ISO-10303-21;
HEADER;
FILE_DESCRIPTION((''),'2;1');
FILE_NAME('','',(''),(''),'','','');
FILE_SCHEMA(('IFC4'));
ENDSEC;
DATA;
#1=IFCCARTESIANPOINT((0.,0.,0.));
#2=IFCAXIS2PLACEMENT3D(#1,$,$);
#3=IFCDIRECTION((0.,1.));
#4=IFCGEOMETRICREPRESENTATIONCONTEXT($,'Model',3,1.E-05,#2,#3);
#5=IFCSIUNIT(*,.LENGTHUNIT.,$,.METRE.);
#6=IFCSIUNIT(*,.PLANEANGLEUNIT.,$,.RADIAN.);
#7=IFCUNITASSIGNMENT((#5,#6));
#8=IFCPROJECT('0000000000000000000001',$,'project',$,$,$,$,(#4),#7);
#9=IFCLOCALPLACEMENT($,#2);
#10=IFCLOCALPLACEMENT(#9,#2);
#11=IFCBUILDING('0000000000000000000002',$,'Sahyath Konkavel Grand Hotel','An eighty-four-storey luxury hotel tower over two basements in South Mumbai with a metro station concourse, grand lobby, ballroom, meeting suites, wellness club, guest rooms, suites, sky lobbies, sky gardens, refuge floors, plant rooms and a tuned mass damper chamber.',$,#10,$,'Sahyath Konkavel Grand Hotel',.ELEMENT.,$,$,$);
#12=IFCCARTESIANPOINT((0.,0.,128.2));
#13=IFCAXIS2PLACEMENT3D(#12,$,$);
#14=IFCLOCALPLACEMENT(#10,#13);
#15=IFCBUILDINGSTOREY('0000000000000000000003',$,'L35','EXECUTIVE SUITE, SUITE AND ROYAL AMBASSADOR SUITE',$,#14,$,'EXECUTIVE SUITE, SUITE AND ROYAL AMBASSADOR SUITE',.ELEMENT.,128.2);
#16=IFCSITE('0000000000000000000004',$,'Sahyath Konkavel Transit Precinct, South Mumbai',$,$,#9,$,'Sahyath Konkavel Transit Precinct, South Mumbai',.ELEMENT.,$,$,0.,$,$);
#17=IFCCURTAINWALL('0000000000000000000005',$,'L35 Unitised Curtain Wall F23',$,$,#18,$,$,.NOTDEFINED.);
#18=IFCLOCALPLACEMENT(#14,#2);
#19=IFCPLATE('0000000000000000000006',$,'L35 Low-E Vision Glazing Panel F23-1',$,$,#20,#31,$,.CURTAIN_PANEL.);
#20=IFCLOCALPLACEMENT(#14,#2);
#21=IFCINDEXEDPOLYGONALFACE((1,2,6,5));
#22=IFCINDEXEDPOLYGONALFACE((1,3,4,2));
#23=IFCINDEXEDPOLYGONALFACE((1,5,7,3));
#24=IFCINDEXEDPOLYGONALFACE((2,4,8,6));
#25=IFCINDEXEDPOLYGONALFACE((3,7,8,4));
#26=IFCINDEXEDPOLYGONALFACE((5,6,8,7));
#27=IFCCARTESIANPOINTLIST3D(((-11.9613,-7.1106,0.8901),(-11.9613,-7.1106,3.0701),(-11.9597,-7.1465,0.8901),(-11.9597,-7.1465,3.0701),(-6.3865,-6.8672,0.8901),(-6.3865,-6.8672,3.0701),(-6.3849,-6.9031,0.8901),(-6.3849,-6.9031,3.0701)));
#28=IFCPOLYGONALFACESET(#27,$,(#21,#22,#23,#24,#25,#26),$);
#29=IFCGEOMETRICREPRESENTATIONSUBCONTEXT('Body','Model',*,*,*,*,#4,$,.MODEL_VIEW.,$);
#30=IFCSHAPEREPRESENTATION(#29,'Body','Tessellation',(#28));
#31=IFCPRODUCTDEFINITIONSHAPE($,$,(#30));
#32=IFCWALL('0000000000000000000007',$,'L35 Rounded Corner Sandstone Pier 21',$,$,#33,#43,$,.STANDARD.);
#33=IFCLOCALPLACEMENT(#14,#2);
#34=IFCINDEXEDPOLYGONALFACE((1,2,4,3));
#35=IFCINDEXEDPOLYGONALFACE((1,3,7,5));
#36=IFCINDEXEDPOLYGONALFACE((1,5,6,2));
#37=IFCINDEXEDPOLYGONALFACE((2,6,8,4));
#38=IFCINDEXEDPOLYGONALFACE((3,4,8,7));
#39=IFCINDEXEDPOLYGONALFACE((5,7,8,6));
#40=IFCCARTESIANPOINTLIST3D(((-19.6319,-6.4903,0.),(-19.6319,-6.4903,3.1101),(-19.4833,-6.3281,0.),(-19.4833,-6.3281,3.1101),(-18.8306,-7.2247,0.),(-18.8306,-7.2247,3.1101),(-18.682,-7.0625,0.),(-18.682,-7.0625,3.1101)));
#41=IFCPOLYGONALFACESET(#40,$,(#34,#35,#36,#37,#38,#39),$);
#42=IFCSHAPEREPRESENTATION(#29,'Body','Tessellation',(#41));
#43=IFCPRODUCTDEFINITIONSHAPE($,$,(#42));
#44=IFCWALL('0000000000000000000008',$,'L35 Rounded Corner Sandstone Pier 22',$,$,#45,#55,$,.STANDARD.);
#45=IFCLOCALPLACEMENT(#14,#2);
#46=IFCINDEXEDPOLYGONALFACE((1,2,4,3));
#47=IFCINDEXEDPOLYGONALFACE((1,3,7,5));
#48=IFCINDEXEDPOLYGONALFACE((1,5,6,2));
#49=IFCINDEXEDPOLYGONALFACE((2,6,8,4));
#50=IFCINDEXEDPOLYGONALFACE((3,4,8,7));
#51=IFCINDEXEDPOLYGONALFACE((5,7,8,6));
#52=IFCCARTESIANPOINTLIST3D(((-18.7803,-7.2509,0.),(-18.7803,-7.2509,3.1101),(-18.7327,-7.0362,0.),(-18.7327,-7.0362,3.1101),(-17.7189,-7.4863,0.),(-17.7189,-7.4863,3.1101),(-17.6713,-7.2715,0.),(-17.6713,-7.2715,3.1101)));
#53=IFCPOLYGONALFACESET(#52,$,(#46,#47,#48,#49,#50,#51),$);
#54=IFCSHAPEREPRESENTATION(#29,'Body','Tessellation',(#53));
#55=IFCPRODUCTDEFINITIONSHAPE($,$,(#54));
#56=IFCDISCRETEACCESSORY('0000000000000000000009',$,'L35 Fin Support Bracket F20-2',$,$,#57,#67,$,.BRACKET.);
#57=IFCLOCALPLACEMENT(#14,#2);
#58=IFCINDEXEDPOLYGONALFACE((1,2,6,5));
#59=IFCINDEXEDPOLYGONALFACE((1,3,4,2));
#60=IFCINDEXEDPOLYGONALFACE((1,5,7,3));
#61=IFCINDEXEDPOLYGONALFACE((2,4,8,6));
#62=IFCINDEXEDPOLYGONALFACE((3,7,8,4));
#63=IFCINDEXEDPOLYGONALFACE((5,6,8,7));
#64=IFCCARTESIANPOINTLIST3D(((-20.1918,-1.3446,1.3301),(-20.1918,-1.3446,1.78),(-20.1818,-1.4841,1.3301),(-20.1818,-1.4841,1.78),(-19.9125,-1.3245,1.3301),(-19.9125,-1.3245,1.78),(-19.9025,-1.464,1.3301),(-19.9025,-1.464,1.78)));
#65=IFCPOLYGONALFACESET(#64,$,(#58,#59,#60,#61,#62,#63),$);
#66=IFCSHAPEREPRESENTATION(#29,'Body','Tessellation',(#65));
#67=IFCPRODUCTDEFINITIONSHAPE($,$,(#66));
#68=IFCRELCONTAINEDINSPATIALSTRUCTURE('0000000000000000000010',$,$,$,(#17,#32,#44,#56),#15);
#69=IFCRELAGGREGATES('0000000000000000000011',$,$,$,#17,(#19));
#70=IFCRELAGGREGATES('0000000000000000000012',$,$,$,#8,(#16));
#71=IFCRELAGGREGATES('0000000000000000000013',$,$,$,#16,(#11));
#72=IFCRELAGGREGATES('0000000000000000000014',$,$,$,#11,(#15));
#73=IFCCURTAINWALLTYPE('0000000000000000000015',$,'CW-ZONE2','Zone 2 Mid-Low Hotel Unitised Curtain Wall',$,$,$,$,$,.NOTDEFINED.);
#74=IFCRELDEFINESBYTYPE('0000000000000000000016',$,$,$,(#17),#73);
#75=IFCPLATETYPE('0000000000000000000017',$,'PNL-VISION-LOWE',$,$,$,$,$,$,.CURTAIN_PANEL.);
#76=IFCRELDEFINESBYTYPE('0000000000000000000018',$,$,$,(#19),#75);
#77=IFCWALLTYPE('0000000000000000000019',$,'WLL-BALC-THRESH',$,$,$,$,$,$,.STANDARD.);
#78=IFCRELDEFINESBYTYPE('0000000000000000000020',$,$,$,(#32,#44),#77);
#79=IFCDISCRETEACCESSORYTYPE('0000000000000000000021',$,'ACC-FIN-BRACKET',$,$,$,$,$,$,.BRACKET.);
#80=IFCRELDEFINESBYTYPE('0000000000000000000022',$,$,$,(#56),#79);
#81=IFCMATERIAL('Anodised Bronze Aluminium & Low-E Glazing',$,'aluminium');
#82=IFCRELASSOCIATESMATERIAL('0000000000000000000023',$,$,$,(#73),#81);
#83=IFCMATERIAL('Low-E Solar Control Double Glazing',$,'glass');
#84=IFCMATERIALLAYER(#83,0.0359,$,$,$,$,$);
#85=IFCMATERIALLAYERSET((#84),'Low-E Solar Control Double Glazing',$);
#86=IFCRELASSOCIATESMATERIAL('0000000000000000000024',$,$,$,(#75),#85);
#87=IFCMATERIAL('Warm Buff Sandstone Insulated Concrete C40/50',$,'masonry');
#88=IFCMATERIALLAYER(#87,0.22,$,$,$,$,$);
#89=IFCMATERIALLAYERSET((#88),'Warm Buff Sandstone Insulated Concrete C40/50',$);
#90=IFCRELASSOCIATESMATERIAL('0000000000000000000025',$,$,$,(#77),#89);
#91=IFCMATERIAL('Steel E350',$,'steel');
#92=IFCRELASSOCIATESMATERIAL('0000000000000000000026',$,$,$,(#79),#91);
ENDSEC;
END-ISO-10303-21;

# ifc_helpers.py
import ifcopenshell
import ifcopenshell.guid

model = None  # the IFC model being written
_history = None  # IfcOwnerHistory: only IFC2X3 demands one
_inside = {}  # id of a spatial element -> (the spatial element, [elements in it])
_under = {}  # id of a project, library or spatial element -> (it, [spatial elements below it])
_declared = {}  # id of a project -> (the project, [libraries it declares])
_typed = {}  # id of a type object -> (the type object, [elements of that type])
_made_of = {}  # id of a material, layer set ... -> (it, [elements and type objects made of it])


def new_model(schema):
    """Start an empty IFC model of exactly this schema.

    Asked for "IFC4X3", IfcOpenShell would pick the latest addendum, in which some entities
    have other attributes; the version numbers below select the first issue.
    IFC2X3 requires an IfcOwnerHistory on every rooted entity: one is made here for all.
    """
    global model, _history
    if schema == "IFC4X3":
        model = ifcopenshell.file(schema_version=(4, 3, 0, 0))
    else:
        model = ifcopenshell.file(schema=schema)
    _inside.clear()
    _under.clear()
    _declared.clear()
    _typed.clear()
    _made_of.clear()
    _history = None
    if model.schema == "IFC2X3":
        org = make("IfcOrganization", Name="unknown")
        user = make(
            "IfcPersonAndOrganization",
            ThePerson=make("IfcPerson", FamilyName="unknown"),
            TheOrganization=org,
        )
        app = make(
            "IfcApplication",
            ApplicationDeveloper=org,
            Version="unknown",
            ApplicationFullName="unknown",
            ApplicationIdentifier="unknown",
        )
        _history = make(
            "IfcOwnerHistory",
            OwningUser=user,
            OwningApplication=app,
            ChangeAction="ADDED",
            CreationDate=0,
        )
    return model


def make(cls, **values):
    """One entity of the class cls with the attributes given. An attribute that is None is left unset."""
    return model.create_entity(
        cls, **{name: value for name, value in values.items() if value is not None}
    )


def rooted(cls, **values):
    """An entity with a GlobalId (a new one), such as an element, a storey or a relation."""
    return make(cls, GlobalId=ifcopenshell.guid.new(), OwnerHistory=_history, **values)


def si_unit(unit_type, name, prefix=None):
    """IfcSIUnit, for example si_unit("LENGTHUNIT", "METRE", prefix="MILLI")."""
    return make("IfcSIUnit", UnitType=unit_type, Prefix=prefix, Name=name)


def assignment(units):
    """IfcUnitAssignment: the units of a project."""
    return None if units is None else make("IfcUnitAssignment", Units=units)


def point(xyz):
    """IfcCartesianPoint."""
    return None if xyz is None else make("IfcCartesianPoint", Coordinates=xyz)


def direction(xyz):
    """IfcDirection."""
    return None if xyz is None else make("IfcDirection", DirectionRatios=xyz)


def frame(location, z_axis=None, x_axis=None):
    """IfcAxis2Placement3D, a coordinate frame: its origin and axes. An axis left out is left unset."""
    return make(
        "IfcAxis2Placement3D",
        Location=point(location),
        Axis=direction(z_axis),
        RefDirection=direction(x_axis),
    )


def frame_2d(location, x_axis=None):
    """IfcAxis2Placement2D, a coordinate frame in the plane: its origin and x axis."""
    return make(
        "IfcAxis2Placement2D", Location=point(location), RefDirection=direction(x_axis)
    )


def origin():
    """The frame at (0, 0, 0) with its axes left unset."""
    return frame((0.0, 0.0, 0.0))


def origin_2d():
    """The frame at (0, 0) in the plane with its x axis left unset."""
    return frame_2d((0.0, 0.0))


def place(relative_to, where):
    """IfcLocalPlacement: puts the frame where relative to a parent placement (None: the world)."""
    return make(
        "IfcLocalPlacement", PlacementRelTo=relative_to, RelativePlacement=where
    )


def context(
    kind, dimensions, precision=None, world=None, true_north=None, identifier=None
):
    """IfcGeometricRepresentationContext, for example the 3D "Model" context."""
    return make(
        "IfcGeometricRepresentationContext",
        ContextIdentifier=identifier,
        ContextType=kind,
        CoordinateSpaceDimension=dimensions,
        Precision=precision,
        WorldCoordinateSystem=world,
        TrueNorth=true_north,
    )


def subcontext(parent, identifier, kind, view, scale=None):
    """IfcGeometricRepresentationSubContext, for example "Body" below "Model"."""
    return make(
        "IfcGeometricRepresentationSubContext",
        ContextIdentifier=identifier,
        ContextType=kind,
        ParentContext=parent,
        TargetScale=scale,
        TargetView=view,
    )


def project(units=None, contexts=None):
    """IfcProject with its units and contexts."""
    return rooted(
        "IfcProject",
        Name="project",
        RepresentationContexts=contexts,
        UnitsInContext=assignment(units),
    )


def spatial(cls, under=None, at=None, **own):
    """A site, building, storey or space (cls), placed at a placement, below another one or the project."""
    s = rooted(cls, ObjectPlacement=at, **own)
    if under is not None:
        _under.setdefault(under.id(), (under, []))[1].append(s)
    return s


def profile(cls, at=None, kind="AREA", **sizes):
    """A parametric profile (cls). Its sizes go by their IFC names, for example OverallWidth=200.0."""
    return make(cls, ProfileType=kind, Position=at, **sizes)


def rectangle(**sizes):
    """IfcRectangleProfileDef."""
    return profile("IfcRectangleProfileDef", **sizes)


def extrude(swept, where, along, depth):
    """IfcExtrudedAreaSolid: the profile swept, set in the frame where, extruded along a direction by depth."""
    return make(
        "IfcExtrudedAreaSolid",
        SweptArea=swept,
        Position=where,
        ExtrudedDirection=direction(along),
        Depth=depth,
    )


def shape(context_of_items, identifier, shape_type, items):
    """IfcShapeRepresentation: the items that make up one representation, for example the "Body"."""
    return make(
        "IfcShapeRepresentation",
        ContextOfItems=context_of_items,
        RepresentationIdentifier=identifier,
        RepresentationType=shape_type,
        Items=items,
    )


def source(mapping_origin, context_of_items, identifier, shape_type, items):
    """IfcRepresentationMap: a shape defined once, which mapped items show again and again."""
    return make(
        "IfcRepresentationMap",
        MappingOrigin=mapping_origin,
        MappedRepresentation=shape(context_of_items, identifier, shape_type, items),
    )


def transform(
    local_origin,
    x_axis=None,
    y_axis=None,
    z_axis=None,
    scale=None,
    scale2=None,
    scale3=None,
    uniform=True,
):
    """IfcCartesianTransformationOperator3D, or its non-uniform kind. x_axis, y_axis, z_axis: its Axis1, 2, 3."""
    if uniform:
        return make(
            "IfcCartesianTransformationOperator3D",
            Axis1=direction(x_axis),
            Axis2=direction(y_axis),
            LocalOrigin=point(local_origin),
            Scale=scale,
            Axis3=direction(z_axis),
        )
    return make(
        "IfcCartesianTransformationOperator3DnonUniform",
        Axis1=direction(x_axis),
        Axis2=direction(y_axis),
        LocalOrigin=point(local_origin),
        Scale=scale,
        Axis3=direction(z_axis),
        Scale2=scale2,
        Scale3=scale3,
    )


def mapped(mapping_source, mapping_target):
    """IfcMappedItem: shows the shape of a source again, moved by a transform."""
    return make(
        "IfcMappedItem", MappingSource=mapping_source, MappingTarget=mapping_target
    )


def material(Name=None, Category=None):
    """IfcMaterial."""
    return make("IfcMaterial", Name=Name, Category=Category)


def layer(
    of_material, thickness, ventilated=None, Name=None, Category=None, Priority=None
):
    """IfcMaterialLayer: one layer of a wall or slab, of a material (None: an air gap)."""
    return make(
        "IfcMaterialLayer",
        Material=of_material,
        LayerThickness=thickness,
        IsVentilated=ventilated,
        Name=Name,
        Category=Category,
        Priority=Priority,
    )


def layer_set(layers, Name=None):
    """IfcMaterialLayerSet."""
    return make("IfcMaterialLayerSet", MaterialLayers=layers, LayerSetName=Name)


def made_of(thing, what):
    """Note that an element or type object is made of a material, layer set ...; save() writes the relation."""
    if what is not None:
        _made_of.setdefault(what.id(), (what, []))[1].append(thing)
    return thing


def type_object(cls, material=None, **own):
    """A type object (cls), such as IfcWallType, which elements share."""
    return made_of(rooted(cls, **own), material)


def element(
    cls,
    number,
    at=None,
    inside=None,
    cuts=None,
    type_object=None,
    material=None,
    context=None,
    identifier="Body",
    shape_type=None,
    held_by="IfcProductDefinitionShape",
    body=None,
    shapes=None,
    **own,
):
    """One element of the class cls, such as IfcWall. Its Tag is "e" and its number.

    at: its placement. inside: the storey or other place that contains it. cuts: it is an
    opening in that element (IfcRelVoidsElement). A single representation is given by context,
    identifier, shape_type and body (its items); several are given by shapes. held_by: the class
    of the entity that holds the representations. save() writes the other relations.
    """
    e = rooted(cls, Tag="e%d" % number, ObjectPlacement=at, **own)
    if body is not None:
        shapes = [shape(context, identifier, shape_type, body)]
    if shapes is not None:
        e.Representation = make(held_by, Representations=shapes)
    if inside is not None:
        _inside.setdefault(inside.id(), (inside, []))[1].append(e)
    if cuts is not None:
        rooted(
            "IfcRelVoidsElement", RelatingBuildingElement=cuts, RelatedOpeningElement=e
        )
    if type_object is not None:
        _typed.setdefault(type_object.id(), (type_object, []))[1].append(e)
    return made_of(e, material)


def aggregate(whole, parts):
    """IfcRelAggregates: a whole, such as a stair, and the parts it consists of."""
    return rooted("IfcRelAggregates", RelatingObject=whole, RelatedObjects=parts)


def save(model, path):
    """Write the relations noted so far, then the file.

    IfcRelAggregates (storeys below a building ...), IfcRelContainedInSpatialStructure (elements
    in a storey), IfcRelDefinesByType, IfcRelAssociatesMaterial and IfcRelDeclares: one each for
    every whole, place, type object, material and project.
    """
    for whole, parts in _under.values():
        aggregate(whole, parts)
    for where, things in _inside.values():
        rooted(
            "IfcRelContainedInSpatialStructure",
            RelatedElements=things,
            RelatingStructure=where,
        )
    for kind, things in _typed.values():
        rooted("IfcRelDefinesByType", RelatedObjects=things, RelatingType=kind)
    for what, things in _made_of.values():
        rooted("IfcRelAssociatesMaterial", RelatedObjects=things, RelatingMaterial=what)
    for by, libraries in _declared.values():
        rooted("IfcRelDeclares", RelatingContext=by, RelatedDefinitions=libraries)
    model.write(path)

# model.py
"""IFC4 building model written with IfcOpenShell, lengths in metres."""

from ifc_helpers import new_model, si_unit, direction, frame, frame_2d, origin, origin_2d, place, context, subcontext, project, spatial, rectangle, extrude, source, transform, mapped, material, layer, layer_set, type_object, element, aggregate, save


model = new_model("IFC4")

# Units and contexts
model_context = context("Model", 3, precision=1e-05, world=origin(), true_north=direction((0.0, 1.0)))
body_context = subcontext(model_context, "Body", "Model", "MODEL_VIEW")
ifc_project = project(units=[si_unit("LENGTHUNIT", "METRE"), si_unit("PLANEANGLEUNIT", "RADIAN")], contexts=[model_context])

# Site, building, storey
site_placement = place(None, origin())
site = spatial("IfcSite", under=ifc_project, at=site_placement, Name="Sahyath Konkavel Transit Precinct, South Mumbai", LongName="Sahyath Konkavel Transit Precinct, South Mumbai", CompositionType="ELEMENT", RefElevation=0.0)
building_placement = place(site_placement, origin())
building = spatial("IfcBuilding", under=site, at=building_placement, Name="Sahyath Konkavel Grand Hotel", Description="An eighty-four-storey luxury hotel tower over two basements in South Mumbai with a metro station concourse, grand lobby, ballroom, meeting suites, wellness club, guest rooms, suites, sky lobbies, sky gardens, refuge floors, plant rooms and a tuned mass damper chamber.", LongName="Sahyath Konkavel Grand Hotel", CompositionType="ELEMENT")
storey_placement = place(building_placement, frame((0.0, 0.0, 128.2)))
storey = spatial("IfcBuildingStorey", under=building, at=storey_placement, Name="L35", Description="EXECUTIVE SUITE, SUITE AND ROYAL AMBASSADOR SUITE", LongName="EXECUTIVE SUITE, SUITE AND ROYAL AMBASSADOR SUITE", CompositionType="ELEMENT", Elevation=128.2)

# Shared definitions
ifc_material_1 = material(Name="Steel E350", Category="steel")

# Shared definitions
ifc_material_2 = material(Name="Anodised Bronze Aluminium & Low-E Glazing", Category="aluminium")
curtain_wall_type = type_object("IfcCurtainWallType", Name="CW-ZONE2", Description="Zone 2 Mid-Low Hotel Unitised Curtain Wall", PredefinedType="NOTDEFINED", material=ifc_material_2)

# Curtain wall
curtain_wall_1_placement = place(storey_placement, origin())
curtain_wall_1 = element("IfcCurtainWall", 1, at=curtain_wall_1_placement, inside=storey, type_object=curtain_wall_type, Name="L35 Unitised Curtain Wall F23", PredefinedType="NOTDEFINED")

# Plate
ifc_material_3 = material(Name="Low-E Solar Control Double Glazing", Category="glass")
ifc_layer_1 = layer(ifc_material_3, 0.0359)
ifc_layer_set_1 = layer_set([ifc_layer_1], Name="Low-E Solar Control Double Glazing")
plate_type_1 = type_object("IfcPlateType", Name="PNL-VISION-LOWE", PredefinedType="CURTAIN_PANEL", material=ifc_layer_set_1)
shared_shape_1 = source(origin(), body_context, "Body", "SweptSolid", [
    extrude(rectangle(XDim=5.5801, YDim=0.0359, at=origin_2d()), origin(), (0.0, 0.0, 1.0), 2.1799),
])
plate_1_placement = place(storey_placement, frame((-9.1731, -7.0068, 0.8901), z_axis=(0.0, 0.0, 1.0), x_axis=(0.999048, 0.043619, 0.0)))
plate_1 = element("IfcPlate", 2, at=plate_1_placement, type_object=plate_type_1, Name="L35 Low-E Vision Glazing Panel F23-1", PredefinedType="CURTAIN_PANEL", context=body_context, shape_type="MappedRepresentation", body=[
    mapped(shared_shape_1, transform((0.0, 0.0, 0.0), scale=1.0)),
])
aggregate(curtain_wall_1, [plate_1])

# Walls
ifc_material_4 = material(Name="Warm Buff Sandstone Insulated Concrete C40/50", Category="masonry")
ifc_layer_2 = layer(ifc_material_4, 0.22)
ifc_layer_set_2 = layer_set([ifc_layer_2], Name="Warm Buff Sandstone Insulated Concrete C40/50")
wall_type = type_object("IfcWallType", Name="WLL-BALC-THRESH", PredefinedType="STANDARD", material=ifc_layer_set_2)
wall_1_placement = place(storey_placement, frame((-19.5576, -6.4092, 0.0), z_axis=(0.0, 0.0, 1.0), x_axis=(0.73721, -0.675664, 0.0)))
element("IfcWall", 3, at=wall_1_placement, inside=storey, type_object=wall_type, Name="L35 Rounded Corner Sandstone Pier 21", PredefinedType="STANDARD", context=body_context, shape_type="SweptSolid", body=[
    extrude(rectangle(XDim=1.0869, YDim=0.22, at=frame_2d((0.5435, 0.0))), origin(), (0.0, 0.0, 1.0), 3.1101),
])
wall_2_placement = place(storey_placement, frame((-18.7563, -7.1436, 0.0), z_axis=(0.0, 0.0, 1.0), x_axis=(0.976282, -0.216502, 0.0)))
element("IfcWall", 4, at=wall_2_placement, inside=storey, type_object=wall_type, Name="L35 Rounded Corner Sandstone Pier 22", PredefinedType="STANDARD", context=body_context, shape_type="SweptSolid", body=[
    extrude(rectangle(XDim=1.0872, YDim=0.22, at=frame_2d((0.5435, 0.0))), origin(), (0.0, 0.0, 1.0), 3.1101),
])

# Discrete accessory
discrete_accessory_type = type_object("IfcDiscreteAccessoryType", Name="ACC-FIN-BRACKET", PredefinedType="BRACKET", material=ifc_material_1)
shared_shape_2 = source(origin(), body_context, "Body", "SweptSolid", [
    extrude(rectangle(XDim=0.28, YDim=0.1399, at=origin_2d()), origin(), (0.0, 0.0, 1.0), 0.45),
])
discrete_accessory_placement = place(storey_placement, frame((-20.0471, -1.4043, 1.3301), z_axis=(0.0, 0.0, 1.0), x_axis=(-0.997436, -0.071567, 0.0)))
element("IfcDiscreteAccessory", 5, at=discrete_accessory_placement, inside=storey, type_object=discrete_accessory_type, Name="L35 Fin Support Bracket F20-2", PredefinedType="BRACKET", context=body_context, shape_type="MappedRepresentation", body=[
    mapped(shared_shape_2, transform((0.0, 0.0, 0.0), scale=1.0)),
])

save(model, "model.ifc")
